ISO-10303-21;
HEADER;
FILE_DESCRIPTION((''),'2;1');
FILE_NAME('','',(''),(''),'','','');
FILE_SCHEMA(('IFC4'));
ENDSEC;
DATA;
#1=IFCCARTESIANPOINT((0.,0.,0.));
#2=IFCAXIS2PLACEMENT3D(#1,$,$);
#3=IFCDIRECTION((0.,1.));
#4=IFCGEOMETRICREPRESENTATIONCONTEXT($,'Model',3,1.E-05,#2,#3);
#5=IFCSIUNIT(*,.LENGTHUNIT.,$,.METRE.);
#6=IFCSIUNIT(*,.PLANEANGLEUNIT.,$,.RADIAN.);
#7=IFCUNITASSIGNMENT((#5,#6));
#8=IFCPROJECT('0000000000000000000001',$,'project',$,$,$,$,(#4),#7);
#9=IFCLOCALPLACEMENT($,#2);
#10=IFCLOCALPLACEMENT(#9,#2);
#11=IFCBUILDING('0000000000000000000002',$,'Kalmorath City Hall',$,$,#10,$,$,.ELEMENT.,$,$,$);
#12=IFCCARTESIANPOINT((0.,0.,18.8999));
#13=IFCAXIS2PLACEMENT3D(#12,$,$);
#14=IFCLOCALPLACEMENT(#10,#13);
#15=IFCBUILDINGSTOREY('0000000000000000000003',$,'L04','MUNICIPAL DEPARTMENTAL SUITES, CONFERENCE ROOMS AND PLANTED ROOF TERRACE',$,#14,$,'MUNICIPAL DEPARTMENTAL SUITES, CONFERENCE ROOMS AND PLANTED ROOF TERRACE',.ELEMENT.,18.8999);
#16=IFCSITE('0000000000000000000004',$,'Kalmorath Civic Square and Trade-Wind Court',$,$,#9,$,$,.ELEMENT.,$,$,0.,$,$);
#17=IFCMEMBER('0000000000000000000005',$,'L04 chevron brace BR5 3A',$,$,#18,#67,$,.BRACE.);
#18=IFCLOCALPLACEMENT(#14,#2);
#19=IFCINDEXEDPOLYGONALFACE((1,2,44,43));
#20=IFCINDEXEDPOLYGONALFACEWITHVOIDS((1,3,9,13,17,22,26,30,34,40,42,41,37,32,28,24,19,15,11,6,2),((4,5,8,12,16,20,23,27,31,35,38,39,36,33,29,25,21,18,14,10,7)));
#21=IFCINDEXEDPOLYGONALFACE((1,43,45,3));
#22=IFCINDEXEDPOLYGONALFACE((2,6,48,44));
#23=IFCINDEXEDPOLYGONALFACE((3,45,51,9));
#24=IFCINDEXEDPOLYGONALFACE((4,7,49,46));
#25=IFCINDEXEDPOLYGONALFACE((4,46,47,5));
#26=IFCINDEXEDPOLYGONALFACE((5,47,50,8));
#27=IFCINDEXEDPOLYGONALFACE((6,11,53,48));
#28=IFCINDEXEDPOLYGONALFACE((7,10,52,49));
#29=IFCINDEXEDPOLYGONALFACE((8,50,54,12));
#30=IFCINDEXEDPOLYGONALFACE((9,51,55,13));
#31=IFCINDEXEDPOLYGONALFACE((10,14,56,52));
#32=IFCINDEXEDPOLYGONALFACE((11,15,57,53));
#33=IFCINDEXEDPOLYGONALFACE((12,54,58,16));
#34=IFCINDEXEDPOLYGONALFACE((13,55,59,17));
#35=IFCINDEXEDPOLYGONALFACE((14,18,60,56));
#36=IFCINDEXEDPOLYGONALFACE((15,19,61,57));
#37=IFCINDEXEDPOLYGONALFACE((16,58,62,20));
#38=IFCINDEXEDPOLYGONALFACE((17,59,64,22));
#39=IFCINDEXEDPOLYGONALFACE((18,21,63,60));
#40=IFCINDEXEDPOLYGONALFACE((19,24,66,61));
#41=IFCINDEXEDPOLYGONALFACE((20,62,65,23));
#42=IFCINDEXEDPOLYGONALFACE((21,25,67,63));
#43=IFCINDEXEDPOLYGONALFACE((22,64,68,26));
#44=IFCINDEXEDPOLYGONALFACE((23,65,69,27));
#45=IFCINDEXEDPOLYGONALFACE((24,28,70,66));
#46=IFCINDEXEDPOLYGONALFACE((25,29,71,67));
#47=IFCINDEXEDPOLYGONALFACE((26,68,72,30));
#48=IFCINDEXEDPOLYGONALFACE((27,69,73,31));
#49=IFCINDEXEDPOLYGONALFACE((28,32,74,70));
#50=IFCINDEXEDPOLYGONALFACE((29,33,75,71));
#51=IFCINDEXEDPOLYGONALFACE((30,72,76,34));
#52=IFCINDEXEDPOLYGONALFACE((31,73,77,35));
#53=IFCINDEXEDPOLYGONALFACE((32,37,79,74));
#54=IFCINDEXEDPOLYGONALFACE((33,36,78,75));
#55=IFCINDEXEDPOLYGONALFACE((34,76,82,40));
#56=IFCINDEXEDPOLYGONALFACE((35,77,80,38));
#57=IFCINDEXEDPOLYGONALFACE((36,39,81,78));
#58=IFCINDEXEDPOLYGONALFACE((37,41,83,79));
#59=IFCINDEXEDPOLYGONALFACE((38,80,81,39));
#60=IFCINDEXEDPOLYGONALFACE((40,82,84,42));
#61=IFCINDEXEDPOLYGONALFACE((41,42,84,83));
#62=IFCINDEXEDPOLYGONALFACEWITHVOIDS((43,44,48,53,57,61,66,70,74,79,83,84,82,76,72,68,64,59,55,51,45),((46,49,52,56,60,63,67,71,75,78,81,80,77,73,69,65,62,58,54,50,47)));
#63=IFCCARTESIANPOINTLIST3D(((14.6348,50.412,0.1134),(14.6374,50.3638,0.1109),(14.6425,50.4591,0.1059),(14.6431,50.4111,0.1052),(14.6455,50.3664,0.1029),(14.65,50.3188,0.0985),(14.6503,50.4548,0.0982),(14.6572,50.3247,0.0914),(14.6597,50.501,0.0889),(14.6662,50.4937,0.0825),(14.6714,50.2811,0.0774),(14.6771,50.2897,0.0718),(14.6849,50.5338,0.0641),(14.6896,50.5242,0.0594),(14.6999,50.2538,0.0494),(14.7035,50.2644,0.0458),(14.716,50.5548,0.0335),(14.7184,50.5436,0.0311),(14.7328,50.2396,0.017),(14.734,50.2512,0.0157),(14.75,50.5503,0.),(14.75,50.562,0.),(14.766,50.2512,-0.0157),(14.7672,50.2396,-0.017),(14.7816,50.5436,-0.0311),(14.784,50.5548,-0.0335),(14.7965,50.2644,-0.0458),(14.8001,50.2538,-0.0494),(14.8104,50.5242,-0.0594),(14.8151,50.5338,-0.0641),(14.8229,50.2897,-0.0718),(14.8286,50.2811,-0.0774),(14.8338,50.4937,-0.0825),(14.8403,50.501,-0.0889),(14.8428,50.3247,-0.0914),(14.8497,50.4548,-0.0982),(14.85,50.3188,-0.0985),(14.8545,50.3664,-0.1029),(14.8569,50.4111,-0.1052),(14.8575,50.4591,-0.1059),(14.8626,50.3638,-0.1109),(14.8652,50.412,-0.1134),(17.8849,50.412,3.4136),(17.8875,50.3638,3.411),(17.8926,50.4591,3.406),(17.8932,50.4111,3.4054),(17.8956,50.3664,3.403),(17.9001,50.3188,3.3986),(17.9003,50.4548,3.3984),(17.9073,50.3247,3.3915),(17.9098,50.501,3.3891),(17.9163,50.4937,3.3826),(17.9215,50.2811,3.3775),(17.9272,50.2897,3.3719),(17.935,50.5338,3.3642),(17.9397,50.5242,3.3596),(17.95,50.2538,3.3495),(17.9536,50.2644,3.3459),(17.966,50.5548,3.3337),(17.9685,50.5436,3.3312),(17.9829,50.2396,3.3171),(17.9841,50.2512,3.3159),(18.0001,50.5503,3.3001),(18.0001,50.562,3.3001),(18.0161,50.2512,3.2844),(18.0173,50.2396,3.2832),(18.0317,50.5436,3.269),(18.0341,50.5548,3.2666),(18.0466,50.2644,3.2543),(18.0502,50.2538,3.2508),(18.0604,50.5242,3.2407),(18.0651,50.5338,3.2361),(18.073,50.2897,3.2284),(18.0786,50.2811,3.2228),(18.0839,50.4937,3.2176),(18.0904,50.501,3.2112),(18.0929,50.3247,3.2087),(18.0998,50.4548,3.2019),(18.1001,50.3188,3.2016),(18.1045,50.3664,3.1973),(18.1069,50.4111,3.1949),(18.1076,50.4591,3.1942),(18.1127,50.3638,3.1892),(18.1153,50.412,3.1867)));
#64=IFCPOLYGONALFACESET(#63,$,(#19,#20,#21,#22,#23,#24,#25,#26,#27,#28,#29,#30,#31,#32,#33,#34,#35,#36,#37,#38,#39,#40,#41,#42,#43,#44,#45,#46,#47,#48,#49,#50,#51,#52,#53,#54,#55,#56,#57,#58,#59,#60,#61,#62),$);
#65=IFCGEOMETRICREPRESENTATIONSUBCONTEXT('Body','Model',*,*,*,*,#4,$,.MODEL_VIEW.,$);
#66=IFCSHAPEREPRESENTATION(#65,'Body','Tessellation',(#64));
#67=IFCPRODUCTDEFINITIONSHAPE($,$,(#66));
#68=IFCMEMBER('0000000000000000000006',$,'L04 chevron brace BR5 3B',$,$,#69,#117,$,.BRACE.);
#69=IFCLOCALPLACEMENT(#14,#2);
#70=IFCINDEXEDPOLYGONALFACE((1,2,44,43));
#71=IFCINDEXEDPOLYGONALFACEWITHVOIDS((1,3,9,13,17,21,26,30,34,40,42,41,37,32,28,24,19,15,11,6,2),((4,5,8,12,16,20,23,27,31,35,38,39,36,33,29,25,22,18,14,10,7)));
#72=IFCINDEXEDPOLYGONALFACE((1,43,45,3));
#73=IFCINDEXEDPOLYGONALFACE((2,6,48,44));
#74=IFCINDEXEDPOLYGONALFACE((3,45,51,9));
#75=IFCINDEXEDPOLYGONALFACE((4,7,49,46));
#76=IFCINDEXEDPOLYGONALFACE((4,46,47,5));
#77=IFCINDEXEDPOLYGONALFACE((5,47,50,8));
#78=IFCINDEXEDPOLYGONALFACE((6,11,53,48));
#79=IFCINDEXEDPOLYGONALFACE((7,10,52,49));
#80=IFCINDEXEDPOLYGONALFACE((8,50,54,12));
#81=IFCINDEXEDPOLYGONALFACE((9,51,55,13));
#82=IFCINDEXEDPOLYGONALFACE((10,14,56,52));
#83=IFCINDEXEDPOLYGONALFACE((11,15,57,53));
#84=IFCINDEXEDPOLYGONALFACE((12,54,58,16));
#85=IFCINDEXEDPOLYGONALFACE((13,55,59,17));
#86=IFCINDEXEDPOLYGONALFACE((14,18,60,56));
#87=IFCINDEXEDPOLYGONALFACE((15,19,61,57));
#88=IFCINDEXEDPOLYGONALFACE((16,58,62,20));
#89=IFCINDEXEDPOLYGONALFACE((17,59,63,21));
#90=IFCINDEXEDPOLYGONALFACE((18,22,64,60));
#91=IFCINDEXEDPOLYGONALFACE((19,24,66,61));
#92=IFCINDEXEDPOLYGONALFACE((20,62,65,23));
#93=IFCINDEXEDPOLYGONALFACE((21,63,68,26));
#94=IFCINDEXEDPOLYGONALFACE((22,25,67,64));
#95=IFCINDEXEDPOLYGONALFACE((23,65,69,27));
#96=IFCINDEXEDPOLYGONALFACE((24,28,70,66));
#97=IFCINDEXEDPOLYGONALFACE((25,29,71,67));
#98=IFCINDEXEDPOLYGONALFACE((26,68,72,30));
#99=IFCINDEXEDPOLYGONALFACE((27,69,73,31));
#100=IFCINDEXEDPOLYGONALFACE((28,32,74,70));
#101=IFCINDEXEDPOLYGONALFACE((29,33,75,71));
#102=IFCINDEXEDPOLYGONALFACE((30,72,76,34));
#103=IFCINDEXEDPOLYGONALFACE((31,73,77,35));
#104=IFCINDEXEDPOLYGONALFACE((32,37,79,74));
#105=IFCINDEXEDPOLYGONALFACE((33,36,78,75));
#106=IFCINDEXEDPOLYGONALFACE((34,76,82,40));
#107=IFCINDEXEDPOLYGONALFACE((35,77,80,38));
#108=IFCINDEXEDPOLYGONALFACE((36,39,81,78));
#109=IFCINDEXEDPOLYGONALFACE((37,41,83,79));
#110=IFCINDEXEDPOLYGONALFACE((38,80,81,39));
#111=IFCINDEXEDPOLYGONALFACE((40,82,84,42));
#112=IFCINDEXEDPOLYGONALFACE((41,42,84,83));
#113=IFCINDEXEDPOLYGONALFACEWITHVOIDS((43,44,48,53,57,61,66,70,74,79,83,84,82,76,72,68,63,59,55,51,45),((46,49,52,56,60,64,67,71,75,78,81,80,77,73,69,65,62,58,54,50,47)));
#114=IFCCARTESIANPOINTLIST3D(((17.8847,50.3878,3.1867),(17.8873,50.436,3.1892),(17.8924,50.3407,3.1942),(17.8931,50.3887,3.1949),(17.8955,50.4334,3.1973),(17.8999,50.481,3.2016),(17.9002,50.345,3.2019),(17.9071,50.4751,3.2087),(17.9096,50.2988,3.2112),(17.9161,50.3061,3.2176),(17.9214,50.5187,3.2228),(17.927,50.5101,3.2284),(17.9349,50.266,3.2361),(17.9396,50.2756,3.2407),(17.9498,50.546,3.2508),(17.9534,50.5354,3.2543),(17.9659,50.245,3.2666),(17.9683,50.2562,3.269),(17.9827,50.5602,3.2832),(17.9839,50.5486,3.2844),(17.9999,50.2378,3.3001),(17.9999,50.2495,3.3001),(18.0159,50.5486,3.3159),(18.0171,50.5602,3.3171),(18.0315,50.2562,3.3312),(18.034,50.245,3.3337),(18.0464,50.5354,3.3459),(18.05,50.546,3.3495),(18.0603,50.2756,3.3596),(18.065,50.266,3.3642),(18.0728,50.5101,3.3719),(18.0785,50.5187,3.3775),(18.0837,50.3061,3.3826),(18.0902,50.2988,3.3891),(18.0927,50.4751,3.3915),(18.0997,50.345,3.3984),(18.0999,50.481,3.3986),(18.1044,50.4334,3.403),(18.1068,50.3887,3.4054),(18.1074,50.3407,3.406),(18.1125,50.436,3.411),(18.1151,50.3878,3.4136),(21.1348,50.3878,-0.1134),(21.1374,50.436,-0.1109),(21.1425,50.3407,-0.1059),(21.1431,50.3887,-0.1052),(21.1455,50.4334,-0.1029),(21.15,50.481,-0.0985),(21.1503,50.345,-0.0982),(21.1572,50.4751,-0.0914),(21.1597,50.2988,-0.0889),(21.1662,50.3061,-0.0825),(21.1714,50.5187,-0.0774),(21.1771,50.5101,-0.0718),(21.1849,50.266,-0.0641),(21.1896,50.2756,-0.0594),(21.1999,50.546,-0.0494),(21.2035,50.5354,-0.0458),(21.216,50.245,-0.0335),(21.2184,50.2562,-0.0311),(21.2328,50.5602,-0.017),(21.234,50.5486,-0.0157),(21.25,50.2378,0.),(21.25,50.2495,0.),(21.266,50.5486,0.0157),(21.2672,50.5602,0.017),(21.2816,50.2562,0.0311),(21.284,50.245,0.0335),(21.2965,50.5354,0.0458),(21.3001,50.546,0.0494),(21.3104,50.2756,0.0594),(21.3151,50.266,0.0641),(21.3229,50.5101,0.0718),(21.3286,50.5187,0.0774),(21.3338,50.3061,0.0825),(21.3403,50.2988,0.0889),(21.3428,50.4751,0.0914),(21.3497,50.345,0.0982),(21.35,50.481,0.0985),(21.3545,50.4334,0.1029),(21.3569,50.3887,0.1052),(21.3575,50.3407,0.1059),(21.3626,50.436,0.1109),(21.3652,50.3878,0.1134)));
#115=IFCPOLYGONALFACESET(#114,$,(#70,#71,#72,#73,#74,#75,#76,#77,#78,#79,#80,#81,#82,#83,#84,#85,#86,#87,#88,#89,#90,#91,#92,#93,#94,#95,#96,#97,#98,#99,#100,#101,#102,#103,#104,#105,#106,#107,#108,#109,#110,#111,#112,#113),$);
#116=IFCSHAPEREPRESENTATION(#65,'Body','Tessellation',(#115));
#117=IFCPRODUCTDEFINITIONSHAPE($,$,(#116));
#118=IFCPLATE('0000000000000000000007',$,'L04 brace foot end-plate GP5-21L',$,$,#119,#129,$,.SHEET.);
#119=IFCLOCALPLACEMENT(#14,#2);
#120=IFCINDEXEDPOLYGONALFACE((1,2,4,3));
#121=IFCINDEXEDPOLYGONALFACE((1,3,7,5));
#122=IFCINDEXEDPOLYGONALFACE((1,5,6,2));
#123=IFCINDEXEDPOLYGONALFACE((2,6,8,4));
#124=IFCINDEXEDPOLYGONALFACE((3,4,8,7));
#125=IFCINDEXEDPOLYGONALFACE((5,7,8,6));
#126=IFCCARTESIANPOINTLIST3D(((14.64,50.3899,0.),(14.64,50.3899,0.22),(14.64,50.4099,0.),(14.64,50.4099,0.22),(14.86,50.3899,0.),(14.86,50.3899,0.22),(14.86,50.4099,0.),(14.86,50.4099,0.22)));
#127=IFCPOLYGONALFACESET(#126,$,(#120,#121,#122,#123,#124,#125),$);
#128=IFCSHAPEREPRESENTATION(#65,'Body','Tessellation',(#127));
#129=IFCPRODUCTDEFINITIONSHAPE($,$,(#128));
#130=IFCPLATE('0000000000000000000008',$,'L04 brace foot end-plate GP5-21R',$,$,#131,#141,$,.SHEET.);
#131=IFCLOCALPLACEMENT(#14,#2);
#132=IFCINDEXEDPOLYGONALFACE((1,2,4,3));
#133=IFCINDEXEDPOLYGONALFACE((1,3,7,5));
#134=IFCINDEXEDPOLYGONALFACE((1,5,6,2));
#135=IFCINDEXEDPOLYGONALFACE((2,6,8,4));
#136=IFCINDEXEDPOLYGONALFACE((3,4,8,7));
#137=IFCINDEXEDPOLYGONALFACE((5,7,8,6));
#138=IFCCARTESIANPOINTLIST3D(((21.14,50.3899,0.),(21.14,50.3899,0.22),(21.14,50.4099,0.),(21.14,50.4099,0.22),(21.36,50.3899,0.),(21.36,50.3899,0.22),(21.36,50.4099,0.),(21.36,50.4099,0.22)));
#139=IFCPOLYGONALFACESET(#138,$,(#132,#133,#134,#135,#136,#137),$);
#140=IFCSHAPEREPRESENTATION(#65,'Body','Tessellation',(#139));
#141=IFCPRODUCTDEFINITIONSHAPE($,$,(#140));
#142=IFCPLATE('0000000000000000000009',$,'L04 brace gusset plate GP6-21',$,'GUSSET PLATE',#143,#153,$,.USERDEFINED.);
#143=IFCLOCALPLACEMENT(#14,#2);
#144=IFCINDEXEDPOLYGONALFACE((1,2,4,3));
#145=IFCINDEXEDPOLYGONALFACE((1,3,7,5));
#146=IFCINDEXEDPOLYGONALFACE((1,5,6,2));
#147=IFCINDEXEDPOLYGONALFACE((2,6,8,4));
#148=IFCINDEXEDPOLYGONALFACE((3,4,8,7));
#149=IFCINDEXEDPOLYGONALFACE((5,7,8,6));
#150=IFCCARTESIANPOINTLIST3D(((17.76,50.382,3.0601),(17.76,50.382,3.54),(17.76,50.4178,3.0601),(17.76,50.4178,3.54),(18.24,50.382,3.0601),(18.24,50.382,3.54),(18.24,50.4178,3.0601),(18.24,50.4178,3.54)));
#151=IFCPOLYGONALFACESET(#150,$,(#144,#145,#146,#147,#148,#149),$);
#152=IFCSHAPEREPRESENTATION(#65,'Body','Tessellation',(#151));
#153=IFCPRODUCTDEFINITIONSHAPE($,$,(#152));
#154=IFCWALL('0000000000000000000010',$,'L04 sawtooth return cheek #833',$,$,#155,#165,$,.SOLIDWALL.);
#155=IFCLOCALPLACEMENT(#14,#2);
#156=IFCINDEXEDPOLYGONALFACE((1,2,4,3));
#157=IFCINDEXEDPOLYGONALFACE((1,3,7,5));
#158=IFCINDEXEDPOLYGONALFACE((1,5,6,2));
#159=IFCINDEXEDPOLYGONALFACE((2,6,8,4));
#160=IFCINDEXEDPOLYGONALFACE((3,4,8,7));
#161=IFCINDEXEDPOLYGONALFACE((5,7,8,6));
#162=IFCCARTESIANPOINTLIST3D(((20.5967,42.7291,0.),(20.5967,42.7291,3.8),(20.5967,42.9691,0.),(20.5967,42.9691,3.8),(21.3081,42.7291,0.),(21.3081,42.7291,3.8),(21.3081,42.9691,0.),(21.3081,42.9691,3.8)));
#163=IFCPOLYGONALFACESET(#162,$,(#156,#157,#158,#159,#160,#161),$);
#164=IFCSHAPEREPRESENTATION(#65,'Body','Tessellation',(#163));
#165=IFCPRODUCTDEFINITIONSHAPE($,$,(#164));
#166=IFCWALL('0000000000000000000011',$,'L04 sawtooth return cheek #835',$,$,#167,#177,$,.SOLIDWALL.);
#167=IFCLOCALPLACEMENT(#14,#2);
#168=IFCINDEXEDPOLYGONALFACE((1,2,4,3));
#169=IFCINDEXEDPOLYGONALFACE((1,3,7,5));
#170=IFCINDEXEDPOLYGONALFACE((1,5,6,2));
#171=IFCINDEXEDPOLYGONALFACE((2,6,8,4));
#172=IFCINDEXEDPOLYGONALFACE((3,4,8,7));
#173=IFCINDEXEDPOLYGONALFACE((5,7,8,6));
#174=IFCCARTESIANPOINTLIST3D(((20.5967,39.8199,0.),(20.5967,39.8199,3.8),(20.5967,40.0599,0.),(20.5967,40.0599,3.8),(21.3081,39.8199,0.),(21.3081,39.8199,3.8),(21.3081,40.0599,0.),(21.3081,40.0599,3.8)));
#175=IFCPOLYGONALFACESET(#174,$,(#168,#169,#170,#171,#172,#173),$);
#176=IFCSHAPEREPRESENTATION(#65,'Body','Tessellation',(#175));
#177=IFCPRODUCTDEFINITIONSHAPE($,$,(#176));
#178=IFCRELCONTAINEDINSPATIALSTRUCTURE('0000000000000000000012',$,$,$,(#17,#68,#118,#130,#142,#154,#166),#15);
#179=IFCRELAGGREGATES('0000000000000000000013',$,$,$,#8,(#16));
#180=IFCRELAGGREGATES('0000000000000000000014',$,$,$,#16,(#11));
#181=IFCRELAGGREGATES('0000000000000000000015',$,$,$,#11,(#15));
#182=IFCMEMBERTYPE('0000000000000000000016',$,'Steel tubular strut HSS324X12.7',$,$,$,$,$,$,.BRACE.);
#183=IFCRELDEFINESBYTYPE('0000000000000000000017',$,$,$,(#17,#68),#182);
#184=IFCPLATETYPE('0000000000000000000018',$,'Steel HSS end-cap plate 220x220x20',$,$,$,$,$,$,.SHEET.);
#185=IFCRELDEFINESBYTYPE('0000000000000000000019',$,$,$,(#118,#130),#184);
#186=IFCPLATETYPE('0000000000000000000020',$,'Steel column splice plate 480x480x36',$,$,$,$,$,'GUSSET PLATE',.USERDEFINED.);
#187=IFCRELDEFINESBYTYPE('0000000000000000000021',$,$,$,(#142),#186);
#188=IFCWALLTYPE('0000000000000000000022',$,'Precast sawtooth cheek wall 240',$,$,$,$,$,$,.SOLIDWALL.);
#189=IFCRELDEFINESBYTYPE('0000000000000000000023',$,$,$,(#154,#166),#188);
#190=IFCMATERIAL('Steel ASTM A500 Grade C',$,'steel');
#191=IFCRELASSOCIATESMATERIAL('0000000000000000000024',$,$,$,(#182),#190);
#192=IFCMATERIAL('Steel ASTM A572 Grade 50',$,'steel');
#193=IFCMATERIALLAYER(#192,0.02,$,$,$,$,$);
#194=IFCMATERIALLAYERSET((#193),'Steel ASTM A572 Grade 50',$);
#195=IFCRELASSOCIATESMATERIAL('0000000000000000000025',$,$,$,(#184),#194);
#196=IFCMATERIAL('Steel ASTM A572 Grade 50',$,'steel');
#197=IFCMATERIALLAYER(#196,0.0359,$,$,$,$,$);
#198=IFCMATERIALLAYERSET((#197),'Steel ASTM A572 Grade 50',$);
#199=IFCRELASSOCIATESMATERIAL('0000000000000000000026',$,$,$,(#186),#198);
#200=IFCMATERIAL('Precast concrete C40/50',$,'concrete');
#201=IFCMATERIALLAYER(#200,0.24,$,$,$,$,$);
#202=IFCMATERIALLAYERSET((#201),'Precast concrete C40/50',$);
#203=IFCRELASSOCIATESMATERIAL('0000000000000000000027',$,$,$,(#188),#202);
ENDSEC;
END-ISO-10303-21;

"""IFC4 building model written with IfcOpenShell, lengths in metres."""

from ifc_helpers import new_model, si_unit, direction, frame, frame_2d, origin, origin_2d, place, context, subcontext, project, spatial, rectangle, hollow_circle, extrude, material, layer, layer_set, material_profile, profile_set, type_object, element, save


model = new_model("IFC4")

# Units and contexts
model_context = context("Model", 3, precision=1e-05, world=origin(), true_north=direction((0.0, 1.0)))
body_context = subcontext(model_context, "Body", "Model", "MODEL_VIEW")
ifc_project = project(units=[si_unit("LENGTHUNIT", "METRE"), si_unit("PLANEANGLEUNIT", "RADIAN")], contexts=[model_context])

# Site, building, storey
site_placement = place(None, origin())
site = spatial("IfcSite", under=ifc_project, at=site_placement, Name="Kalmorath Civic Square and Trade-Wind Court", CompositionType="ELEMENT", RefElevation=0.0)
building_placement = place(site_placement, origin())
building = spatial("IfcBuilding", under=site, at=building_placement, Name="Kalmorath City Hall", CompositionType="ELEMENT")
storey_placement = place(building_placement, frame((0.0, 0.0, 18.8999)))
storey = spatial("IfcBuildingStorey", under=building, at=storey_placement, Name="L04", Description="MUNICIPAL DEPARTMENTAL SUITES, CONFERENCE ROOMS AND PLANTED ROOF TERRACE", LongName="MUNICIPAL DEPARTMENTAL SUITES, CONFERENCE ROOMS AND PLANTED ROOF TERRACE", CompositionType="ELEMENT", Elevation=18.8999)

# Members
ifc_material_1 = material(Name="Steel ASTM A500 Grade C", Category="steel")
ifc_material_profile_1 = material_profile(ifc_material_1, hollow_circle(Radius=0.1621, WallThickness=0.0117, at=origin_2d()), Name="HSS324X12.7")
ifc_profile_set_1 = profile_set([ifc_material_profile_1], Name="Steel ASTM A500 Grade C")
member_type = type_object("IfcMemberType", Name="Steel tubular strut HSS324X12.7", PredefinedType="BRACE", material=ifc_profile_set_1)
for number, where, z_axis, x_axis, name in (
    (1, (14.75, 50.3999, 0.0), (0.701683, 0.0, 0.712489), (0.0, 1.0, 0.0), "L04 chevron brace BR5 3A"),
    (2, (21.25, 50.3999, 0.0), (-0.701683, 0.0, 0.712489), (0.0, -1.0, 0.0), "L04 chevron brace BR5 3B"),
):
    element("IfcMember", number, at=place(storey_placement, frame(where, z_axis=z_axis, x_axis=x_axis)), inside=storey, type_object=member_type, Name=name, PredefinedType="BRACE", context=body_context, shape_type="SweptSolid", body=[
        extrude(hollow_circle(Radius=0.1621, WallThickness=0.0117, at=origin_2d()), origin(), (0.0, 0.0, 1.0), 4.6318),
    ])

# Plates
ifc_material_2 = material(Name="Steel ASTM A572 Grade 50", Category="steel")
ifc_layer_1 = layer(ifc_material_2, 0.02)
ifc_layer_set_1 = layer_set([ifc_layer_1], Name="Steel ASTM A572 Grade 50")
plate_type_1 = type_object("IfcPlateType", Name="Steel HSS end-cap plate 220x220x20", PredefinedType="SHEET", material=ifc_layer_set_1)
for number, where, z_axis, x_axis, name in (
    (3, (14.75, 50.3999, 0.0), (0.0, 0.0, 1.0), (1.0, 0.0, 0.0), "L04 brace foot end-plate GP5-21L"),
    (4, (21.25, 50.3999, 0.0), (0.0, 0.0, 1.0), (1.0, 0.0, 0.0), "L04 brace foot end-plate GP5-21R"),
):
    element("IfcPlate", number, at=place(storey_placement, frame(where, z_axis=z_axis, x_axis=x_axis)), inside=storey, type_object=plate_type_1, Name=name, PredefinedType="SHEET", context=body_context, shape_type="SweptSolid", body=[
        extrude(rectangle(XDim=0.22, YDim=0.02, at=origin_2d()), origin(), (0.0, 0.0, 1.0), 0.22),
    ])
ifc_material_3 = material(Name="Steel ASTM A572 Grade 50", Category="steel")
ifc_layer_2 = layer(ifc_material_3, 0.0359)
ifc_layer_set_2 = layer_set([ifc_layer_2], Name="Steel ASTM A572 Grade 50")
plate_type_2 = type_object("IfcPlateType", Name="Steel column splice plate 480x480x36", ElementType="GUSSET PLATE", PredefinedType="USERDEFINED", material=ifc_layer_set_2)
plate_placement = place(storey_placement, frame((18.0, 50.3999, 3.0601), z_axis=(0.0, 0.0, 1.0), x_axis=(1.0, 0.0, 0.0)))
element("IfcPlate", 5, at=plate_placement, inside=storey, type_object=plate_type_2, Name="L04 brace gusset plate GP6-21", ObjectType="GUSSET PLATE", PredefinedType="USERDEFINED", context=body_context, shape_type="SweptSolid", body=[
    extrude(rectangle(XDim=0.48, YDim=0.0359, at=origin_2d()), origin(), (0.0, 0.0, 1.0), 0.48),
])

# Walls
ifc_material_4 = material(Name="Precast concrete C40/50", Category="concrete")
ifc_layer_3 = layer(ifc_material_4, 0.24)
ifc_layer_set_3 = layer_set([ifc_layer_3], Name="Precast concrete C40/50")
wall_type_1 = type_object("IfcWallType", Name="Precast sawtooth cheek wall 240", PredefinedType="SOLIDWALL", material=ifc_layer_set_3)
for number, where, z_axis, x_axis, name in (
    (6, (20.5967, 42.8491, 0.0), (0.0, 0.0, 1.0), (1.0, 0.0, 0.0), "L04 sawtooth return cheek #833"),
    (7, (20.5967, 39.9399, 0.0), (0.0, 0.0, 1.0), (1.0, 0.0, 0.0), "L04 sawtooth return cheek #835"),
):
    element("IfcWall", number, at=place(storey_placement, frame(where, z_axis=z_axis, x_axis=x_axis)), inside=storey, type_object=wall_type_1, Name=name, PredefinedType="SOLIDWALL", context=body_context, shape_type="SweptSolid", body=[
        extrude(rectangle(XDim=0.7114, YDim=0.24, at=frame_2d((0.3557, 0.0))), origin(), (0.0, 0.0, 1.0), 3.8),
    ])

save(model, "model.ifc")
